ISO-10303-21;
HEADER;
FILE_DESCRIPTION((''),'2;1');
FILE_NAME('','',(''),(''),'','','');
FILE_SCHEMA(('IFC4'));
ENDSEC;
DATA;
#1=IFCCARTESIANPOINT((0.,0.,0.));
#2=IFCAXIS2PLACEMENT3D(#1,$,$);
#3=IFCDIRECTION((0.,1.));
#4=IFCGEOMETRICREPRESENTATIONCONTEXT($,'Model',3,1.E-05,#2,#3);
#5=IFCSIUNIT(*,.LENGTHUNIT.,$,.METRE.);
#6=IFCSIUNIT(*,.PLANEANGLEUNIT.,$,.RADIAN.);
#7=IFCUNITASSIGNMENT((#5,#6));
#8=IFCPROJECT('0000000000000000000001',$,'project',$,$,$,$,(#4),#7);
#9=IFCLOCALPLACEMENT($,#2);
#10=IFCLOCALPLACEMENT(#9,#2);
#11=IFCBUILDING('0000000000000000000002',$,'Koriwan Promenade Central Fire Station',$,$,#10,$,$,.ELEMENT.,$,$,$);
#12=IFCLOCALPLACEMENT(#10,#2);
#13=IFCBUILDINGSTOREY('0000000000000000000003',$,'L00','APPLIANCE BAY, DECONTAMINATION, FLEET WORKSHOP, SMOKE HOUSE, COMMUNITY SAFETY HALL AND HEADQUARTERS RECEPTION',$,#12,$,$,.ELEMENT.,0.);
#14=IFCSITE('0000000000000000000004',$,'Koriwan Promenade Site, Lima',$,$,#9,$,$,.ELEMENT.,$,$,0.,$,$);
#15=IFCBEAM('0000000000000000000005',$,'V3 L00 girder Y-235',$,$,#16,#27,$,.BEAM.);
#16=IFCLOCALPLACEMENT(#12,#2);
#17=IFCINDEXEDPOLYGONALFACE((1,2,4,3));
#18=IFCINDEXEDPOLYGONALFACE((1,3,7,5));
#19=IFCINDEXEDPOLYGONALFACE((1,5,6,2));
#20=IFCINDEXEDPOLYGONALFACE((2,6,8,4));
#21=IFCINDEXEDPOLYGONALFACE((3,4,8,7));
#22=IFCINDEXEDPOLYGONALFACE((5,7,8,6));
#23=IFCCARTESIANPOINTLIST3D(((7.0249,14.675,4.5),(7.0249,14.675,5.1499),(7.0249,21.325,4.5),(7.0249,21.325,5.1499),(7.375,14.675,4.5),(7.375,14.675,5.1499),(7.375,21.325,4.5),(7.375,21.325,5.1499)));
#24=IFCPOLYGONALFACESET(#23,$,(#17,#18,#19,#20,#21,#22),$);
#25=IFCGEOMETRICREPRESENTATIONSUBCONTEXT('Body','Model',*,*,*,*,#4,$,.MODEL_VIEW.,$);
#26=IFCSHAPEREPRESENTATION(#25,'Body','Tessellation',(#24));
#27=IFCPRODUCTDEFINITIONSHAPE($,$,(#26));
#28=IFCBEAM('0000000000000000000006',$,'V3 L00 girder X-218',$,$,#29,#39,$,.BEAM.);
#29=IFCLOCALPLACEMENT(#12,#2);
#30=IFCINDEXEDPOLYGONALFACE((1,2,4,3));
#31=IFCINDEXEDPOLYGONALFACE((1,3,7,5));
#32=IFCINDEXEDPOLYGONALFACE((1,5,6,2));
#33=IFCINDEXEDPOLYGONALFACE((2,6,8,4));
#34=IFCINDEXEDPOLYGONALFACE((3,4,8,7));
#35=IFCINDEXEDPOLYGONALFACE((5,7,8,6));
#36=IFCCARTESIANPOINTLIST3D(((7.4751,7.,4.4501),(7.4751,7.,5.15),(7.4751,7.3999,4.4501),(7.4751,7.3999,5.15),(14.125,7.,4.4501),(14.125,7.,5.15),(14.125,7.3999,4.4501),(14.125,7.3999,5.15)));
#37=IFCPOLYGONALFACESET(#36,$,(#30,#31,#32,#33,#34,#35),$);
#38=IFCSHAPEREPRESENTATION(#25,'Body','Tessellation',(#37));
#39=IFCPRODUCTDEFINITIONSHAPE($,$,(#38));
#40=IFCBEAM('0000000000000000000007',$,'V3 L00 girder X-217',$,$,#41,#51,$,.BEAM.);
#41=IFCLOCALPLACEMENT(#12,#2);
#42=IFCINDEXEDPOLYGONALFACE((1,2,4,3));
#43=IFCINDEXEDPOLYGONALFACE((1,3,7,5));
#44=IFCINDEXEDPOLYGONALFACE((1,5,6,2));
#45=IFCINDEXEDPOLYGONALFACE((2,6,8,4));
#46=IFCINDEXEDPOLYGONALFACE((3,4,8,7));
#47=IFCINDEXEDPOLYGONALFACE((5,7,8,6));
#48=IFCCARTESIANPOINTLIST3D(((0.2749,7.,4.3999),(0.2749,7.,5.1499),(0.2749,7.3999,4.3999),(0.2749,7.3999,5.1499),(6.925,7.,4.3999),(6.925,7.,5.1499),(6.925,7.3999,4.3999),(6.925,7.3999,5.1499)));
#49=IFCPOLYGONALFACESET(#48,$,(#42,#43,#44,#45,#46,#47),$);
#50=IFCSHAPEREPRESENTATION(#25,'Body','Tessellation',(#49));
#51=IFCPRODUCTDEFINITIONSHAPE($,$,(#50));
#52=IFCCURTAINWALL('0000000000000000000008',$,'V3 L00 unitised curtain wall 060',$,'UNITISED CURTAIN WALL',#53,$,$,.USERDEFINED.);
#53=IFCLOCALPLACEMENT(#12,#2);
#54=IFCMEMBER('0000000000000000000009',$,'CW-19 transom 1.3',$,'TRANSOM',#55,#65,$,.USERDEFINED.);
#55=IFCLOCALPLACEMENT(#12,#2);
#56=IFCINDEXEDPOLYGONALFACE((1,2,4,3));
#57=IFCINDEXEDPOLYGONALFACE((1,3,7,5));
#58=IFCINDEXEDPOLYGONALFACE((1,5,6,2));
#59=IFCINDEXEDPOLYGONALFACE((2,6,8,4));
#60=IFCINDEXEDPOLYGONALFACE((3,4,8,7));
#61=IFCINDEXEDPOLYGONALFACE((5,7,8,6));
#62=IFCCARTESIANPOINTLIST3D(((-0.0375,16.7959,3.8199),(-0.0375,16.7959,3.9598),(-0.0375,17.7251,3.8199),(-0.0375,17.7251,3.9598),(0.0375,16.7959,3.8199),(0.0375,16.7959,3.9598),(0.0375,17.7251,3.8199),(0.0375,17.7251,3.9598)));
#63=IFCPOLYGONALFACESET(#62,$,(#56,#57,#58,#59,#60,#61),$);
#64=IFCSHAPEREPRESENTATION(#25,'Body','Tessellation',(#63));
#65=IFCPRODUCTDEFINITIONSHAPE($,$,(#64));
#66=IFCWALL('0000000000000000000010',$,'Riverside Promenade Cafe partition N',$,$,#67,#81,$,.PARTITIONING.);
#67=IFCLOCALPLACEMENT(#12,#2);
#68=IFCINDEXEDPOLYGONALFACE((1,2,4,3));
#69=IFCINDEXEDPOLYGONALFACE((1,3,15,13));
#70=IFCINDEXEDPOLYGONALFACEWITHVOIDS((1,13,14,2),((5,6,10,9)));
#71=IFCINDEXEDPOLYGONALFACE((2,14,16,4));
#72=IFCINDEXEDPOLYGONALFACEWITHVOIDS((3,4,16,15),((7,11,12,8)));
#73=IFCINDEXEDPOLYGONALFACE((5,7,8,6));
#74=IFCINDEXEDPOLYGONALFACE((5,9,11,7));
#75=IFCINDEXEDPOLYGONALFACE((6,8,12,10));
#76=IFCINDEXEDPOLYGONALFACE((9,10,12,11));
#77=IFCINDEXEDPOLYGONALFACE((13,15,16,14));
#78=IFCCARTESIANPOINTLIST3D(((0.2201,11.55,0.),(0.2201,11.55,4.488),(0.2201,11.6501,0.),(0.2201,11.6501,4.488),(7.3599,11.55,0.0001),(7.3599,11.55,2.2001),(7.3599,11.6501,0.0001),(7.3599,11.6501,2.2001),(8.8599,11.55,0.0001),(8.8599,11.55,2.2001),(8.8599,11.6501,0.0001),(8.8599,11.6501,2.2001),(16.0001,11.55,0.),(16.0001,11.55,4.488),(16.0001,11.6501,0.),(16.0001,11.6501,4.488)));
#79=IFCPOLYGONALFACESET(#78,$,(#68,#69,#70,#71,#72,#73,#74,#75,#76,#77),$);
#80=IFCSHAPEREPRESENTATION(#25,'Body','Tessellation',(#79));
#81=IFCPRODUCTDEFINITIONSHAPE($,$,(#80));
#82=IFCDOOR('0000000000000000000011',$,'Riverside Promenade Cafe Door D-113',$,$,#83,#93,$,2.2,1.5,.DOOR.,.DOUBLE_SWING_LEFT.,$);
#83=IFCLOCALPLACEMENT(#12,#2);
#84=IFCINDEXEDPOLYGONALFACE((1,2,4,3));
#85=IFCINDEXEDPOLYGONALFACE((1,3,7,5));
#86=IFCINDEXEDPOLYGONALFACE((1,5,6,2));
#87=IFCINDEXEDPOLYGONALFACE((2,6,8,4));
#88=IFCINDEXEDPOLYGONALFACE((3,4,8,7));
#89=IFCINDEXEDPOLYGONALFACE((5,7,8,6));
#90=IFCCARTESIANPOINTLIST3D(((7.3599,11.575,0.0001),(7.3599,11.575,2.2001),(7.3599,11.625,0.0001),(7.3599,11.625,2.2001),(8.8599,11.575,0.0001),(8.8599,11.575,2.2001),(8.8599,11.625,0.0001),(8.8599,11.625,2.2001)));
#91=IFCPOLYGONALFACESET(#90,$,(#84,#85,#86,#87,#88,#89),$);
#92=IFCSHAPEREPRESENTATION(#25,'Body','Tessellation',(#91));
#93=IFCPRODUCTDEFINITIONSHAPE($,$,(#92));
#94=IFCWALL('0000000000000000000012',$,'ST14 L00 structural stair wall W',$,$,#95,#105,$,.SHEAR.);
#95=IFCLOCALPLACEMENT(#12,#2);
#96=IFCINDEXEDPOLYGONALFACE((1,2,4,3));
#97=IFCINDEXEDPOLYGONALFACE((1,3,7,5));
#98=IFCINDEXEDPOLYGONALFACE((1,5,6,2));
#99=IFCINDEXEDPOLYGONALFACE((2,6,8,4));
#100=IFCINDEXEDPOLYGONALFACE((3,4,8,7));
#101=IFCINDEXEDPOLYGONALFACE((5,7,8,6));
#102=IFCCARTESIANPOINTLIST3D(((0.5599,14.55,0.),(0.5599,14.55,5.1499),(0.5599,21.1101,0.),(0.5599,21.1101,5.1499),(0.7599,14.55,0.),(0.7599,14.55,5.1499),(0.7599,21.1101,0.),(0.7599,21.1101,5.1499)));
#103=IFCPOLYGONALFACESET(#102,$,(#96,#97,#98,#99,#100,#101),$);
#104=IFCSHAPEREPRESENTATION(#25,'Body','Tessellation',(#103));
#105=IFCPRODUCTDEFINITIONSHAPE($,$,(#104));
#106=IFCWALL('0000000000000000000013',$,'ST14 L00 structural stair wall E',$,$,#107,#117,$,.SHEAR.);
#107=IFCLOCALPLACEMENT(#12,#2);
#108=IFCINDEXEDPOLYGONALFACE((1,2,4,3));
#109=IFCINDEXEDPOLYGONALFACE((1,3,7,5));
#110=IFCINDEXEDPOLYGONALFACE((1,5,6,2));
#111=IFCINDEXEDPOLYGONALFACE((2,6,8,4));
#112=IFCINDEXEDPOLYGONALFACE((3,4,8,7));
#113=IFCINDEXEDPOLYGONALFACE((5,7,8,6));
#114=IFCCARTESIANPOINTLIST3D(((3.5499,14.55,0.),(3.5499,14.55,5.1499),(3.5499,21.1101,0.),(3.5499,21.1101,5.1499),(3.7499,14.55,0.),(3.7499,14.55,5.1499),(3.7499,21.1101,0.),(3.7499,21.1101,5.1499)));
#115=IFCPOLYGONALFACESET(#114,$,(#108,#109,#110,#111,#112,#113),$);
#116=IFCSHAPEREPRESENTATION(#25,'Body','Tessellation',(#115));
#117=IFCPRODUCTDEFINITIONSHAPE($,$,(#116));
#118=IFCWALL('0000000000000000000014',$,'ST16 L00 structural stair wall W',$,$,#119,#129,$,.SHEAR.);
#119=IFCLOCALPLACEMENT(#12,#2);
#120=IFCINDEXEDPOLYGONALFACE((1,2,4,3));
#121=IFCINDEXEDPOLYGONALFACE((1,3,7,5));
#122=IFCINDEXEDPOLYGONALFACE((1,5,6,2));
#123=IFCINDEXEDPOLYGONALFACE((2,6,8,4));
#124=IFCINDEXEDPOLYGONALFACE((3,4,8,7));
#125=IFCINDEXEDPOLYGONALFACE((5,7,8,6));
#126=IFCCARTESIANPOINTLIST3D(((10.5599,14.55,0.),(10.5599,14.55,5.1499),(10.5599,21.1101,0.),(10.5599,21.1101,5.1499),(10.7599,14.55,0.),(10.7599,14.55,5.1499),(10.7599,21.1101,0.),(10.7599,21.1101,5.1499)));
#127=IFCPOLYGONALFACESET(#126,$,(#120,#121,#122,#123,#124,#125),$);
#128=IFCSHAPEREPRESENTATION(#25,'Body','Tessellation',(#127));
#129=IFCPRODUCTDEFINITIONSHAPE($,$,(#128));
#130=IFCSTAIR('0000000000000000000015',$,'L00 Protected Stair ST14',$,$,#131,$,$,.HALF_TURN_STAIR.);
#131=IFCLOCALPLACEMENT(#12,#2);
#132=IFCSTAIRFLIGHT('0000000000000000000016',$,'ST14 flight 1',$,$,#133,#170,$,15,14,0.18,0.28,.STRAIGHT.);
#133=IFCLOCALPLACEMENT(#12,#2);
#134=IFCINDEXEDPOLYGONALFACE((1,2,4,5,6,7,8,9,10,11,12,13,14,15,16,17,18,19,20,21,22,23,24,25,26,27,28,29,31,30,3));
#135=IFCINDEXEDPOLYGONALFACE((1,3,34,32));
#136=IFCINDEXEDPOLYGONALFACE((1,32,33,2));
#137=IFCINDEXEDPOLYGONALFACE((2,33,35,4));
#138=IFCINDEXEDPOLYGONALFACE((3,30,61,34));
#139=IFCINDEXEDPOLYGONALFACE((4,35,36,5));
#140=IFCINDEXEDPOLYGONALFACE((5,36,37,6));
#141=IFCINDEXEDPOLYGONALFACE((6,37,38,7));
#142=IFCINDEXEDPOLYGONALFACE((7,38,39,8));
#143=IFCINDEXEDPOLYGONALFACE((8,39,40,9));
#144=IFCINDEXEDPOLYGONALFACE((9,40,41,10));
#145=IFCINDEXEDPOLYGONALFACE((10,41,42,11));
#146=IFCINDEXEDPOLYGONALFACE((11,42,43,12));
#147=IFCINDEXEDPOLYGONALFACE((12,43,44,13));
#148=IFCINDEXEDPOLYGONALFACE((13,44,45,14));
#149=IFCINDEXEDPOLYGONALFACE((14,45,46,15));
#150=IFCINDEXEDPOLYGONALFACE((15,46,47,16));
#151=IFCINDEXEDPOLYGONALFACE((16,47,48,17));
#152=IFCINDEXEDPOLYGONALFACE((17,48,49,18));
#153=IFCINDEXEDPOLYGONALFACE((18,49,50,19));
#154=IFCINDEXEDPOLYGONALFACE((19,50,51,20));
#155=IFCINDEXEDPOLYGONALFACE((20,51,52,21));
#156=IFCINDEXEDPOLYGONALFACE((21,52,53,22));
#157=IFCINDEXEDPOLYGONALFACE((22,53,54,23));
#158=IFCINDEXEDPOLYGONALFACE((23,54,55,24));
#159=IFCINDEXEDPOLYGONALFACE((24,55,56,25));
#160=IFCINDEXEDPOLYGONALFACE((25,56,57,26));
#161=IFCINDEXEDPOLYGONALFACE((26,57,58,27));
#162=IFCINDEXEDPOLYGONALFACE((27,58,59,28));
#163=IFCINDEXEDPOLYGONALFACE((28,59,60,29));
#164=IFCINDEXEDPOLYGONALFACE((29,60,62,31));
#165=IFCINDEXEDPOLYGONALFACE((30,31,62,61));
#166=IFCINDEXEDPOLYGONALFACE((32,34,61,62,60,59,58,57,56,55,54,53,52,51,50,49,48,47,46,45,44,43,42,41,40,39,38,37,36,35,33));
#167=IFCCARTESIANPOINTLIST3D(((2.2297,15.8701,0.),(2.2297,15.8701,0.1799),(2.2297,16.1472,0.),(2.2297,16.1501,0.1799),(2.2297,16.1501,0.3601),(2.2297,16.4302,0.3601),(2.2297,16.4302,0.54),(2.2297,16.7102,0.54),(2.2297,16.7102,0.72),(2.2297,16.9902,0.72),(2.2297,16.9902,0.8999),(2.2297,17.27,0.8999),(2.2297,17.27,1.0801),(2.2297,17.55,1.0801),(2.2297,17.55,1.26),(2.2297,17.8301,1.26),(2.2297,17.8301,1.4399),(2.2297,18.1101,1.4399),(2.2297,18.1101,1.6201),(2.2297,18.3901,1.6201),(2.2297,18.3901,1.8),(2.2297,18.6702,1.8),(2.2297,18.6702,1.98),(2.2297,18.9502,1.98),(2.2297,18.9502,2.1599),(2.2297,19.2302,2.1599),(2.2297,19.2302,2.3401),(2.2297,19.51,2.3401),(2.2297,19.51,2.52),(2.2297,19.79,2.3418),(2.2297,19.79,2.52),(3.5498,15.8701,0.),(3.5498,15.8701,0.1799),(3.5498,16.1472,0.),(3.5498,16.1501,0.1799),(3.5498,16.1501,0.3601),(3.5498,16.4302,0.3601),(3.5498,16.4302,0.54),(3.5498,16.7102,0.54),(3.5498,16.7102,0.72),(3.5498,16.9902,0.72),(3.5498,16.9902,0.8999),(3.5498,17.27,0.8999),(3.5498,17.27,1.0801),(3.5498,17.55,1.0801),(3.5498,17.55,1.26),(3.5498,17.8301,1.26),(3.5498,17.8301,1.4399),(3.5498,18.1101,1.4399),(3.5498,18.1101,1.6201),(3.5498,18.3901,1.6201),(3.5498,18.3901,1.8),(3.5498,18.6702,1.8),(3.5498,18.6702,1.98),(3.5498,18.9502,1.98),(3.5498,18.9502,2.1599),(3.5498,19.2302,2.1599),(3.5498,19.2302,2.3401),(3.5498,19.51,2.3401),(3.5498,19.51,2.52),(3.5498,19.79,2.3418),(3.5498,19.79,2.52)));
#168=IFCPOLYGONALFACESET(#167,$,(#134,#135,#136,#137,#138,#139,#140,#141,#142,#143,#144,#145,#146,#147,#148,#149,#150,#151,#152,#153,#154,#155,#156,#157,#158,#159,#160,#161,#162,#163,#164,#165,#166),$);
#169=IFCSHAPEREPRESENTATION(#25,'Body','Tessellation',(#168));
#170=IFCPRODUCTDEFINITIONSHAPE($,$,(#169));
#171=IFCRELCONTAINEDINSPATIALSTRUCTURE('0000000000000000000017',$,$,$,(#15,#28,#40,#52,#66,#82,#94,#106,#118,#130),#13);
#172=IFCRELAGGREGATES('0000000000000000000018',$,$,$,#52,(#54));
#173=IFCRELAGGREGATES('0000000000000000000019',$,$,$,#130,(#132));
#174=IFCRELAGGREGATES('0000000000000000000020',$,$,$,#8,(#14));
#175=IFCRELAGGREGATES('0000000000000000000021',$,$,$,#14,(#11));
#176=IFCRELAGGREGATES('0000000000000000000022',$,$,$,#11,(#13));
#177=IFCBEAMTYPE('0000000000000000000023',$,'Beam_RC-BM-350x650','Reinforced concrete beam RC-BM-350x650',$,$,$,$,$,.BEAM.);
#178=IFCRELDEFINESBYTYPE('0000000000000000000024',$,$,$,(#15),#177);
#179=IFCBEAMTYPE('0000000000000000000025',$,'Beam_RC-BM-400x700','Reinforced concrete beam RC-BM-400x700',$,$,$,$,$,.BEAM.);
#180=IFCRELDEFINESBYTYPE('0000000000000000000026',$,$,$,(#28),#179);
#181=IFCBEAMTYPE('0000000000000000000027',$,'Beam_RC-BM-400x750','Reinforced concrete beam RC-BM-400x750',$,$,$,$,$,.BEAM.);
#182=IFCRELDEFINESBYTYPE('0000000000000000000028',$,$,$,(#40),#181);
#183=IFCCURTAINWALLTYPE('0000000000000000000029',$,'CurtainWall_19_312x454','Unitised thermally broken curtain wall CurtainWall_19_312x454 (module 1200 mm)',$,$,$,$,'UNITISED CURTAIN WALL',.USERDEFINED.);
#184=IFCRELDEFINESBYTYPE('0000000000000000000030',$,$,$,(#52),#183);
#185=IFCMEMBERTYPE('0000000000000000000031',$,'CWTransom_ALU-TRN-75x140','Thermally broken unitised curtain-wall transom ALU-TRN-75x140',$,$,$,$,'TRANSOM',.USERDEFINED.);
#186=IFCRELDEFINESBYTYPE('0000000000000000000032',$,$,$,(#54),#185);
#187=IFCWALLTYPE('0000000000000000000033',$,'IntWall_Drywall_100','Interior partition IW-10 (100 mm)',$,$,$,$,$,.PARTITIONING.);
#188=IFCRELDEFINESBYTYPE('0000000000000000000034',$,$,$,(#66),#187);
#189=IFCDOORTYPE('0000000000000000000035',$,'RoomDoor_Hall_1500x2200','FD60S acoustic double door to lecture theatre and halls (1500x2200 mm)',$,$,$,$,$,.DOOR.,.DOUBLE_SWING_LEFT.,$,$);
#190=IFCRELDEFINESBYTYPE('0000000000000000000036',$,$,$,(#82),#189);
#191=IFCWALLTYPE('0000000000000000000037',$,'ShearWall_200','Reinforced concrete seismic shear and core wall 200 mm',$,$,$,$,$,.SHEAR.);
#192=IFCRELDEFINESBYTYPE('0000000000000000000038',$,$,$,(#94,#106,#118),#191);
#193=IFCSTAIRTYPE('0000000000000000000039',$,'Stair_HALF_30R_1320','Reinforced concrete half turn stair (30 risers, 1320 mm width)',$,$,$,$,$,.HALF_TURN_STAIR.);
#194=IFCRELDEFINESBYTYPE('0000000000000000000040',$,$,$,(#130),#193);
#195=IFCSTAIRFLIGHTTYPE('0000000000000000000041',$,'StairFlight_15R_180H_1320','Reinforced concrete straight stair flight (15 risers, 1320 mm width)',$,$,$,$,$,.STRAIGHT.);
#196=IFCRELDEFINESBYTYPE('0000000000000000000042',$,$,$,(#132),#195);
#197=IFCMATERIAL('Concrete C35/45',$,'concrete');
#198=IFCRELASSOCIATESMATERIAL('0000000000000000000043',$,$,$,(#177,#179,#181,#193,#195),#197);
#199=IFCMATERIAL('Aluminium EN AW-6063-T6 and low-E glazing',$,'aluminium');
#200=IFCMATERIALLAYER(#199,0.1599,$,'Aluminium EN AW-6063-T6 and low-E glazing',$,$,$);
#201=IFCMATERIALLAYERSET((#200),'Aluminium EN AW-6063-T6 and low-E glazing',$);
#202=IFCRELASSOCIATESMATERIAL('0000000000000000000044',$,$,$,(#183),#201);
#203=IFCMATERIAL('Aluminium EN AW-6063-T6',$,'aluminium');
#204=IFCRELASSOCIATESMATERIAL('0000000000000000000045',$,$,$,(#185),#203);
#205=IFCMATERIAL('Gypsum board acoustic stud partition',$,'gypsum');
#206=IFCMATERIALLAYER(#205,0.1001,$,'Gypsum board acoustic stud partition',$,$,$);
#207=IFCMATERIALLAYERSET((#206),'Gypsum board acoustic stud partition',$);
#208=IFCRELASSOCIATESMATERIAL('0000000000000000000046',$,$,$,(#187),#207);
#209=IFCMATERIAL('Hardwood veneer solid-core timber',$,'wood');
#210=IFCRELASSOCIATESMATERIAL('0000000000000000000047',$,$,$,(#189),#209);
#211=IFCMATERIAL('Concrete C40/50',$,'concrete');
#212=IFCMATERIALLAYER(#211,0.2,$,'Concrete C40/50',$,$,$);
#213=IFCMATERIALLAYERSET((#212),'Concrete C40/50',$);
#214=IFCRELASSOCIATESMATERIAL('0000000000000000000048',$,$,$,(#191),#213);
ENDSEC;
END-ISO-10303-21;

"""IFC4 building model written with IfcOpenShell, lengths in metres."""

from ifc_helpers import new_model, si_unit, direction, frame, frame_2d, origin, origin_2d, place, context, subcontext, project, spatial, polyline, rectangle, outline, extrude, material, layer, layer_set, material_profile, profile_set, type_object, element, fill, aggregate, save


model = new_model("IFC4")

# Units and contexts
model_context = context("Model", 3, precision=1e-05, world=origin(), true_north=direction((0.0, 1.0)))
body_context = subcontext(model_context, "Body", "Model", "MODEL_VIEW")
ifc_project = project(units=[si_unit("LENGTHUNIT", "METRE"), si_unit("PLANEANGLEUNIT", "RADIAN")], contexts=[model_context])

# Site, building, storey
site_placement = place(None, origin())
site = spatial("IfcSite", under=ifc_project, at=site_placement, Name="Koriwan Promenade Site, Lima", CompositionType="ELEMENT", RefElevation=0.0)
building_placement = place(site_placement, origin())
building = spatial("IfcBuilding", under=site, at=building_placement, Name="Koriwan Promenade Central Fire Station", CompositionType="ELEMENT")
storey_placement = place(building_placement, origin())
storey = spatial("IfcBuildingStorey", under=building, at=storey_placement, Name="L00", Description="APPLIANCE BAY, DECONTAMINATION, FLEET WORKSHOP, SMOKE HOUSE, COMMUNITY SAFETY HALL AND HEADQUARTERS RECEPTION", CompositionType="ELEMENT", Elevation=0.0)

# Shared definitions
ifc_material_1 = material(Name="Concrete C35/45", Category="concrete")

# Shared definitions
ifc_material_2 = material(Name="Concrete C40/50", Category="concrete")

# Beams
ifc_material_profile_1 = material_profile(ifc_material_1, rectangle(XDim=0.3501, YDim=0.6499, at=origin_2d()), Name="RC-BM-350x650")
ifc_profile_set_1 = profile_set([ifc_material_profile_1], Name="Concrete C35/45")
beam_type_1 = type_object("IfcBeamType", Name="Beam_RC-BM-350x650", Description="Reinforced concrete beam RC-BM-350x650", PredefinedType="BEAM", material=ifc_profile_set_1)
beam_1_placement = place(storey_placement, frame((7.2, 14.675, 4.825), z_axis=(0.0, 1.0, 0.0), x_axis=(-1.0, 0.0, 0.0)))
element("IfcBeam", 1, at=beam_1_placement, inside=storey, type_object=beam_type_1, Name="V3 L00 girder Y-235", PredefinedType="BEAM", context=body_context, shape_type="SweptSolid", body=[
    extrude(rectangle(XDim=0.3501, YDim=0.6499, at=origin_2d()), origin(), (0.0, 0.0, 1.0), 6.6499),
])
ifc_material_profile_2 = material_profile(ifc_material_1, rectangle(XDim=0.3999, YDim=0.7, at=origin_2d()), Name="RC-BM-400x700")
ifc_profile_set_2 = profile_set([ifc_material_profile_2], Name="Concrete C35/45")
beam_type_2 = type_object("IfcBeamType", Name="Beam_RC-BM-400x700", Description="Reinforced concrete beam RC-BM-400x700", PredefinedType="BEAM", material=ifc_profile_set_2)
beam_2_placement = place(storey_placement, frame((7.4751, 7.2, 4.8), z_axis=(1.0, 0.0, 0.0), x_axis=(0.0, 1.0, 0.0)))
element("IfcBeam", 2, at=beam_2_placement, inside=storey, type_object=beam_type_2, Name="V3 L00 girder X-218", PredefinedType="BEAM", context=body_context, shape_type="SweptSolid", body=[
    extrude(rectangle(XDim=0.3999, YDim=0.7, at=origin_2d()), origin(), (0.0, 0.0, 1.0), 6.6499),
])
ifc_material_profile_3 = material_profile(ifc_material_1, rectangle(XDim=0.3999, YDim=0.75, at=origin_2d()), Name="RC-BM-400x750")
ifc_profile_set_3 = profile_set([ifc_material_profile_3], Name="Concrete C35/45")
beam_type_3 = type_object("IfcBeamType", Name="Beam_RC-BM-400x750", Description="Reinforced concrete beam RC-BM-400x750", PredefinedType="BEAM", material=ifc_profile_set_3)
beam_3_placement = place(storey_placement, frame((0.2749, 7.2, 4.7749), z_axis=(1.0, 0.0, 0.0), x_axis=(0.0, 1.0, 0.0)))
element("IfcBeam", 3, at=beam_3_placement, inside=storey, type_object=beam_type_3, Name="V3 L00 girder X-217", PredefinedType="BEAM", context=body_context, shape_type="SweptSolid", body=[
    extrude(rectangle(XDim=0.3999, YDim=0.75, at=origin_2d()), origin(), (0.0, 0.0, 1.0), 6.6501),
])

# Curtain wall, member
ifc_material_3 = material(Name="Aluminium EN AW-6063-T6 and low-E glazing", Category="aluminium")
ifc_layer_1 = layer(ifc_material_3, 0.1599, Name="Aluminium EN AW-6063-T6 and low-E glazing")
ifc_layer_set_1 = layer_set([ifc_layer_1], Name="Aluminium EN AW-6063-T6 and low-E glazing")
curtain_wall_type = type_object("IfcCurtainWallType", Name="CurtainWall_19_312x454", Description="Unitised thermally broken curtain wall CurtainWall_19_312x454 (module 1200 mm)", ElementType="UNITISED CURTAIN WALL", PredefinedType="USERDEFINED", material=ifc_layer_set_1)
curtain_wall_placement = place(storey_placement, origin())
curtain_wall = element("IfcCurtainWall", 4, at=curtain_wall_placement, inside=storey, type_object=curtain_wall_type, Name="V3 L00 unitised curtain wall 060", ObjectType="UNITISED CURTAIN WALL", PredefinedType="USERDEFINED")
ifc_material_4 = material(Name="Aluminium EN AW-6063-T6", Category="aluminium")
ifc_material_profile_4 = material_profile(ifc_material_4, rectangle(XDim=0.075, YDim=0.1399, at=origin_2d()), Name="ALU-TRN-75x140")
ifc_profile_set_4 = profile_set([ifc_material_profile_4], Name="Aluminium EN AW-6063-T6")
member_type = type_object("IfcMemberType", Name="CWTransom_ALU-TRN-75x140", Description="Thermally broken unitised curtain-wall transom ALU-TRN-75x140", ElementType="TRANSOM", PredefinedType="USERDEFINED", material=ifc_profile_set_4)
member_placement = place(storey_placement, frame((0.0, 17.7251, 3.8899), z_axis=(0.0, -1.0, 0.0), x_axis=(1.0, 0.0, 0.0)))
member = element("IfcMember", 5, at=member_placement, type_object=member_type, Name="CW-19 transom 1.3", ObjectType="TRANSOM", PredefinedType="USERDEFINED", context=body_context, shape_type="SweptSolid", body=[
    extrude(rectangle(XDim=0.075, YDim=0.1399, at=origin_2d()), origin(), (0.0, 0.0, 1.0), 0.9292),
])
aggregate(curtain_wall, [member])

# Wall, opening, door
ifc_material_5 = material(Name="Gypsum board acoustic stud partition", Category="gypsum")
ifc_layer_2 = layer(ifc_material_5, 0.1001, Name="Gypsum board acoustic stud partition")
ifc_layer_set_2 = layer_set([ifc_layer_2], Name="Gypsum board acoustic stud partition")
wall_type_1 = type_object("IfcWallType", Name="IntWall_Drywall_100", Description="Interior partition IW-10 (100 mm)", PredefinedType="PARTITIONING", material=ifc_layer_set_2)
wall_1_placement = place(storey_placement, frame((0.22, 11.6001, 0.0), z_axis=(0.0, 0.0, 1.0), x_axis=(1.0, 0.0, 0.0)))
wall_1 = element("IfcWall", 6, at=wall_1_placement, inside=storey, type_object=wall_type_1, Name="Riverside Promenade Cafe partition N", PredefinedType="PARTITIONING", context=body_context, shape_type="SweptSolid", body=[
    extrude(rectangle(XDim=15.78, YDim=0.1001, at=frame_2d((7.8901, 0.0))), origin(), (0.0, 0.0, 1.0), 4.488),
])
opening_1_placement = place(wall_1_placement, frame((7.1399, 0.0, 0.0)))
opening_1 = element("IfcOpeningElement", 7, at=opening_1_placement, cuts=wall_1, PredefinedType="OPENING", context=body_context, shape_type="SweptSolid", body=[
    extrude(rectangle(XDim=1.5, YDim=2.2, at=frame_2d((0.75, 1.1001))), frame((0.0, 0.062, 0.0), z_axis=(0.0, -1.0, 0.0), x_axis=(1.0, 0.0, 0.0)), (0.0, 0.0, 1.0), 0.124),
])
ifc_material_6 = material(Name="Hardwood veneer solid-core timber", Category="wood")
door_type_1 = type_object("IfcDoorType", Name="RoomDoor_Hall_1500x2200", Description="FD60S acoustic double door to lecture theatre and halls (1500x2200 mm)", OperationType="DOUBLE_SWING_LEFT", PredefinedType="DOOR", material=ifc_material_6)
door_1_placement = place(opening_1_placement, origin())
door_1 = element("IfcDoor", 8, at=door_1_placement, inside=storey, type_object=door_type_1, Name="Riverside Promenade Cafe Door D-113", OperationType="DOUBLE_SWING_LEFT", OverallHeight=2.2, OverallWidth=1.5, PredefinedType="DOOR", context=body_context, shape_type="SweptSolid", body=[
    extrude(rectangle(XDim=1.5, YDim=2.2, at=frame_2d((0.75, 1.1001))), frame((0.0, 0.0249, 0.0), z_axis=(0.0, -1.0, 0.0), x_axis=(1.0, 0.0, 0.0)), (0.0, 0.0, 1.0), 0.05),
])
fill(opening_1, door_1)
ifc_layer_3 = layer(ifc_material_2, 0.2, Name="Concrete C40/50")
ifc_layer_set_3 = layer_set([ifc_layer_3], Name="Concrete C40/50")
wall_type_2 = type_object("IfcWallType", Name="ShearWall_200", Description="Reinforced concrete seismic shear and core wall 200 mm", PredefinedType="SHEAR", material=ifc_layer_set_3)

# Walls
for number, where, z_axis, x_axis, name in (
    (9, (0.6599, 14.55, 0.0), (0.0, 0.0, 1.0), (0.0, 1.0, 0.0), "ST14 L00 structural stair wall W"),
    (10, (3.6499, 14.55, 0.0), (0.0, 0.0, 1.0), (0.0, 1.0, 0.0), "ST14 L00 structural stair wall E"),
):
    element("IfcWall", number, at=place(storey_placement, frame(where, z_axis=z_axis, x_axis=x_axis)), inside=storey, type_object=wall_type_2, Name=name, PredefinedType="SHEAR", context=body_context, shape_type="SweptSolid", body=[
        extrude(rectangle(XDim=6.5601, YDim=0.2, at=frame_2d((3.28, 0.0))), origin(), (0.0, 0.0, 1.0), 5.1499),
    ])

# Wall
wall_2_placement = place(storey_placement, frame((10.6599, 14.55, 0.0), z_axis=(0.0, 0.0, 1.0), x_axis=(0.0, 1.0, 0.0)))
element("IfcWall", 11, at=wall_2_placement, inside=storey, type_object=wall_type_2, Name="ST16 L00 structural stair wall W", PredefinedType="SHEAR", context=body_context, shape_type="SweptSolid", body=[
    extrude(rectangle(XDim=6.5601, YDim=0.2, at=frame_2d((3.28, 0.0))), origin(), (0.0, 0.0, 1.0), 5.1499),
])

# Stair, stair flight
stair_type = type_object("IfcStairType", Name="Stair_HALF_30R_1320", Description="Reinforced concrete half turn stair (30 risers, 1320 mm width)", PredefinedType="HALF_TURN_STAIR", material=ifc_material_1)
stair_placement = place(storey_placement, origin())
stair = element("IfcStair", 12, at=stair_placement, inside=storey, type_object=stair_type, Name="L00 Protected Stair ST14", PredefinedType="HALF_TURN_STAIR")
stair_flight_type = type_object("IfcStairFlightType", Name="StairFlight_15R_180H_1320", Description="Reinforced concrete straight stair flight (15 risers, 1320 mm width)", PredefinedType="STRAIGHT", material=ifc_material_1)
stair_flight_placement = place(storey_placement, frame((2.8899, 15.8701, 0.0), z_axis=(0.0, 0.0, 1.0), x_axis=(0.0, 1.0, 0.0)))
stair_flight = element("IfcStairFlight", 13, at=stair_flight_placement, type_object=stair_flight_type, Name="ST14 flight 1", NumberOfRisers=15, NumberOfTreads=14, PredefinedType="STRAIGHT", RiserHeight=0.18, TreadLength=0.28, context=body_context, shape_type="SweptSolid", body=[
    extrude(outline(polyline([(0.0, 0.0), (0.0, 0.1799), (0.28, 0.1799), (0.28, 0.3601), (0.5601, 0.3601), (0.5601, 0.54), (0.8401, 0.54), (0.8401, 0.72), (1.1201, 0.72), (1.1201, 0.8999), (1.3999, 0.8999), (1.3999, 1.0801), (1.6799, 1.0801), (1.6799, 1.26), (1.96, 1.26), (1.96, 1.4399), (2.24, 1.4399), (2.24, 1.6201), (2.52, 1.6201), (2.52, 1.8), (2.8, 1.8), (2.8, 1.98), (3.0801, 1.98), (3.0801, 2.1599), (3.3601, 2.1599), (3.3601, 2.3401), (3.6399, 2.3401), (3.6399, 2.52), (3.9199, 2.52), (3.9199, 2.7), (3.9199, 2.3418), (0.2771, 0.0), (0.0, 0.0)])), frame((0.0, 0.6602, 0.0), z_axis=(0.0, -1.0, 0.0), x_axis=(1.0, 0.0, 0.0)), (0.0, 0.0, 1.0), 1.3201),
])
aggregate(stair, [stair_flight])

save(model, "model.ifc")
